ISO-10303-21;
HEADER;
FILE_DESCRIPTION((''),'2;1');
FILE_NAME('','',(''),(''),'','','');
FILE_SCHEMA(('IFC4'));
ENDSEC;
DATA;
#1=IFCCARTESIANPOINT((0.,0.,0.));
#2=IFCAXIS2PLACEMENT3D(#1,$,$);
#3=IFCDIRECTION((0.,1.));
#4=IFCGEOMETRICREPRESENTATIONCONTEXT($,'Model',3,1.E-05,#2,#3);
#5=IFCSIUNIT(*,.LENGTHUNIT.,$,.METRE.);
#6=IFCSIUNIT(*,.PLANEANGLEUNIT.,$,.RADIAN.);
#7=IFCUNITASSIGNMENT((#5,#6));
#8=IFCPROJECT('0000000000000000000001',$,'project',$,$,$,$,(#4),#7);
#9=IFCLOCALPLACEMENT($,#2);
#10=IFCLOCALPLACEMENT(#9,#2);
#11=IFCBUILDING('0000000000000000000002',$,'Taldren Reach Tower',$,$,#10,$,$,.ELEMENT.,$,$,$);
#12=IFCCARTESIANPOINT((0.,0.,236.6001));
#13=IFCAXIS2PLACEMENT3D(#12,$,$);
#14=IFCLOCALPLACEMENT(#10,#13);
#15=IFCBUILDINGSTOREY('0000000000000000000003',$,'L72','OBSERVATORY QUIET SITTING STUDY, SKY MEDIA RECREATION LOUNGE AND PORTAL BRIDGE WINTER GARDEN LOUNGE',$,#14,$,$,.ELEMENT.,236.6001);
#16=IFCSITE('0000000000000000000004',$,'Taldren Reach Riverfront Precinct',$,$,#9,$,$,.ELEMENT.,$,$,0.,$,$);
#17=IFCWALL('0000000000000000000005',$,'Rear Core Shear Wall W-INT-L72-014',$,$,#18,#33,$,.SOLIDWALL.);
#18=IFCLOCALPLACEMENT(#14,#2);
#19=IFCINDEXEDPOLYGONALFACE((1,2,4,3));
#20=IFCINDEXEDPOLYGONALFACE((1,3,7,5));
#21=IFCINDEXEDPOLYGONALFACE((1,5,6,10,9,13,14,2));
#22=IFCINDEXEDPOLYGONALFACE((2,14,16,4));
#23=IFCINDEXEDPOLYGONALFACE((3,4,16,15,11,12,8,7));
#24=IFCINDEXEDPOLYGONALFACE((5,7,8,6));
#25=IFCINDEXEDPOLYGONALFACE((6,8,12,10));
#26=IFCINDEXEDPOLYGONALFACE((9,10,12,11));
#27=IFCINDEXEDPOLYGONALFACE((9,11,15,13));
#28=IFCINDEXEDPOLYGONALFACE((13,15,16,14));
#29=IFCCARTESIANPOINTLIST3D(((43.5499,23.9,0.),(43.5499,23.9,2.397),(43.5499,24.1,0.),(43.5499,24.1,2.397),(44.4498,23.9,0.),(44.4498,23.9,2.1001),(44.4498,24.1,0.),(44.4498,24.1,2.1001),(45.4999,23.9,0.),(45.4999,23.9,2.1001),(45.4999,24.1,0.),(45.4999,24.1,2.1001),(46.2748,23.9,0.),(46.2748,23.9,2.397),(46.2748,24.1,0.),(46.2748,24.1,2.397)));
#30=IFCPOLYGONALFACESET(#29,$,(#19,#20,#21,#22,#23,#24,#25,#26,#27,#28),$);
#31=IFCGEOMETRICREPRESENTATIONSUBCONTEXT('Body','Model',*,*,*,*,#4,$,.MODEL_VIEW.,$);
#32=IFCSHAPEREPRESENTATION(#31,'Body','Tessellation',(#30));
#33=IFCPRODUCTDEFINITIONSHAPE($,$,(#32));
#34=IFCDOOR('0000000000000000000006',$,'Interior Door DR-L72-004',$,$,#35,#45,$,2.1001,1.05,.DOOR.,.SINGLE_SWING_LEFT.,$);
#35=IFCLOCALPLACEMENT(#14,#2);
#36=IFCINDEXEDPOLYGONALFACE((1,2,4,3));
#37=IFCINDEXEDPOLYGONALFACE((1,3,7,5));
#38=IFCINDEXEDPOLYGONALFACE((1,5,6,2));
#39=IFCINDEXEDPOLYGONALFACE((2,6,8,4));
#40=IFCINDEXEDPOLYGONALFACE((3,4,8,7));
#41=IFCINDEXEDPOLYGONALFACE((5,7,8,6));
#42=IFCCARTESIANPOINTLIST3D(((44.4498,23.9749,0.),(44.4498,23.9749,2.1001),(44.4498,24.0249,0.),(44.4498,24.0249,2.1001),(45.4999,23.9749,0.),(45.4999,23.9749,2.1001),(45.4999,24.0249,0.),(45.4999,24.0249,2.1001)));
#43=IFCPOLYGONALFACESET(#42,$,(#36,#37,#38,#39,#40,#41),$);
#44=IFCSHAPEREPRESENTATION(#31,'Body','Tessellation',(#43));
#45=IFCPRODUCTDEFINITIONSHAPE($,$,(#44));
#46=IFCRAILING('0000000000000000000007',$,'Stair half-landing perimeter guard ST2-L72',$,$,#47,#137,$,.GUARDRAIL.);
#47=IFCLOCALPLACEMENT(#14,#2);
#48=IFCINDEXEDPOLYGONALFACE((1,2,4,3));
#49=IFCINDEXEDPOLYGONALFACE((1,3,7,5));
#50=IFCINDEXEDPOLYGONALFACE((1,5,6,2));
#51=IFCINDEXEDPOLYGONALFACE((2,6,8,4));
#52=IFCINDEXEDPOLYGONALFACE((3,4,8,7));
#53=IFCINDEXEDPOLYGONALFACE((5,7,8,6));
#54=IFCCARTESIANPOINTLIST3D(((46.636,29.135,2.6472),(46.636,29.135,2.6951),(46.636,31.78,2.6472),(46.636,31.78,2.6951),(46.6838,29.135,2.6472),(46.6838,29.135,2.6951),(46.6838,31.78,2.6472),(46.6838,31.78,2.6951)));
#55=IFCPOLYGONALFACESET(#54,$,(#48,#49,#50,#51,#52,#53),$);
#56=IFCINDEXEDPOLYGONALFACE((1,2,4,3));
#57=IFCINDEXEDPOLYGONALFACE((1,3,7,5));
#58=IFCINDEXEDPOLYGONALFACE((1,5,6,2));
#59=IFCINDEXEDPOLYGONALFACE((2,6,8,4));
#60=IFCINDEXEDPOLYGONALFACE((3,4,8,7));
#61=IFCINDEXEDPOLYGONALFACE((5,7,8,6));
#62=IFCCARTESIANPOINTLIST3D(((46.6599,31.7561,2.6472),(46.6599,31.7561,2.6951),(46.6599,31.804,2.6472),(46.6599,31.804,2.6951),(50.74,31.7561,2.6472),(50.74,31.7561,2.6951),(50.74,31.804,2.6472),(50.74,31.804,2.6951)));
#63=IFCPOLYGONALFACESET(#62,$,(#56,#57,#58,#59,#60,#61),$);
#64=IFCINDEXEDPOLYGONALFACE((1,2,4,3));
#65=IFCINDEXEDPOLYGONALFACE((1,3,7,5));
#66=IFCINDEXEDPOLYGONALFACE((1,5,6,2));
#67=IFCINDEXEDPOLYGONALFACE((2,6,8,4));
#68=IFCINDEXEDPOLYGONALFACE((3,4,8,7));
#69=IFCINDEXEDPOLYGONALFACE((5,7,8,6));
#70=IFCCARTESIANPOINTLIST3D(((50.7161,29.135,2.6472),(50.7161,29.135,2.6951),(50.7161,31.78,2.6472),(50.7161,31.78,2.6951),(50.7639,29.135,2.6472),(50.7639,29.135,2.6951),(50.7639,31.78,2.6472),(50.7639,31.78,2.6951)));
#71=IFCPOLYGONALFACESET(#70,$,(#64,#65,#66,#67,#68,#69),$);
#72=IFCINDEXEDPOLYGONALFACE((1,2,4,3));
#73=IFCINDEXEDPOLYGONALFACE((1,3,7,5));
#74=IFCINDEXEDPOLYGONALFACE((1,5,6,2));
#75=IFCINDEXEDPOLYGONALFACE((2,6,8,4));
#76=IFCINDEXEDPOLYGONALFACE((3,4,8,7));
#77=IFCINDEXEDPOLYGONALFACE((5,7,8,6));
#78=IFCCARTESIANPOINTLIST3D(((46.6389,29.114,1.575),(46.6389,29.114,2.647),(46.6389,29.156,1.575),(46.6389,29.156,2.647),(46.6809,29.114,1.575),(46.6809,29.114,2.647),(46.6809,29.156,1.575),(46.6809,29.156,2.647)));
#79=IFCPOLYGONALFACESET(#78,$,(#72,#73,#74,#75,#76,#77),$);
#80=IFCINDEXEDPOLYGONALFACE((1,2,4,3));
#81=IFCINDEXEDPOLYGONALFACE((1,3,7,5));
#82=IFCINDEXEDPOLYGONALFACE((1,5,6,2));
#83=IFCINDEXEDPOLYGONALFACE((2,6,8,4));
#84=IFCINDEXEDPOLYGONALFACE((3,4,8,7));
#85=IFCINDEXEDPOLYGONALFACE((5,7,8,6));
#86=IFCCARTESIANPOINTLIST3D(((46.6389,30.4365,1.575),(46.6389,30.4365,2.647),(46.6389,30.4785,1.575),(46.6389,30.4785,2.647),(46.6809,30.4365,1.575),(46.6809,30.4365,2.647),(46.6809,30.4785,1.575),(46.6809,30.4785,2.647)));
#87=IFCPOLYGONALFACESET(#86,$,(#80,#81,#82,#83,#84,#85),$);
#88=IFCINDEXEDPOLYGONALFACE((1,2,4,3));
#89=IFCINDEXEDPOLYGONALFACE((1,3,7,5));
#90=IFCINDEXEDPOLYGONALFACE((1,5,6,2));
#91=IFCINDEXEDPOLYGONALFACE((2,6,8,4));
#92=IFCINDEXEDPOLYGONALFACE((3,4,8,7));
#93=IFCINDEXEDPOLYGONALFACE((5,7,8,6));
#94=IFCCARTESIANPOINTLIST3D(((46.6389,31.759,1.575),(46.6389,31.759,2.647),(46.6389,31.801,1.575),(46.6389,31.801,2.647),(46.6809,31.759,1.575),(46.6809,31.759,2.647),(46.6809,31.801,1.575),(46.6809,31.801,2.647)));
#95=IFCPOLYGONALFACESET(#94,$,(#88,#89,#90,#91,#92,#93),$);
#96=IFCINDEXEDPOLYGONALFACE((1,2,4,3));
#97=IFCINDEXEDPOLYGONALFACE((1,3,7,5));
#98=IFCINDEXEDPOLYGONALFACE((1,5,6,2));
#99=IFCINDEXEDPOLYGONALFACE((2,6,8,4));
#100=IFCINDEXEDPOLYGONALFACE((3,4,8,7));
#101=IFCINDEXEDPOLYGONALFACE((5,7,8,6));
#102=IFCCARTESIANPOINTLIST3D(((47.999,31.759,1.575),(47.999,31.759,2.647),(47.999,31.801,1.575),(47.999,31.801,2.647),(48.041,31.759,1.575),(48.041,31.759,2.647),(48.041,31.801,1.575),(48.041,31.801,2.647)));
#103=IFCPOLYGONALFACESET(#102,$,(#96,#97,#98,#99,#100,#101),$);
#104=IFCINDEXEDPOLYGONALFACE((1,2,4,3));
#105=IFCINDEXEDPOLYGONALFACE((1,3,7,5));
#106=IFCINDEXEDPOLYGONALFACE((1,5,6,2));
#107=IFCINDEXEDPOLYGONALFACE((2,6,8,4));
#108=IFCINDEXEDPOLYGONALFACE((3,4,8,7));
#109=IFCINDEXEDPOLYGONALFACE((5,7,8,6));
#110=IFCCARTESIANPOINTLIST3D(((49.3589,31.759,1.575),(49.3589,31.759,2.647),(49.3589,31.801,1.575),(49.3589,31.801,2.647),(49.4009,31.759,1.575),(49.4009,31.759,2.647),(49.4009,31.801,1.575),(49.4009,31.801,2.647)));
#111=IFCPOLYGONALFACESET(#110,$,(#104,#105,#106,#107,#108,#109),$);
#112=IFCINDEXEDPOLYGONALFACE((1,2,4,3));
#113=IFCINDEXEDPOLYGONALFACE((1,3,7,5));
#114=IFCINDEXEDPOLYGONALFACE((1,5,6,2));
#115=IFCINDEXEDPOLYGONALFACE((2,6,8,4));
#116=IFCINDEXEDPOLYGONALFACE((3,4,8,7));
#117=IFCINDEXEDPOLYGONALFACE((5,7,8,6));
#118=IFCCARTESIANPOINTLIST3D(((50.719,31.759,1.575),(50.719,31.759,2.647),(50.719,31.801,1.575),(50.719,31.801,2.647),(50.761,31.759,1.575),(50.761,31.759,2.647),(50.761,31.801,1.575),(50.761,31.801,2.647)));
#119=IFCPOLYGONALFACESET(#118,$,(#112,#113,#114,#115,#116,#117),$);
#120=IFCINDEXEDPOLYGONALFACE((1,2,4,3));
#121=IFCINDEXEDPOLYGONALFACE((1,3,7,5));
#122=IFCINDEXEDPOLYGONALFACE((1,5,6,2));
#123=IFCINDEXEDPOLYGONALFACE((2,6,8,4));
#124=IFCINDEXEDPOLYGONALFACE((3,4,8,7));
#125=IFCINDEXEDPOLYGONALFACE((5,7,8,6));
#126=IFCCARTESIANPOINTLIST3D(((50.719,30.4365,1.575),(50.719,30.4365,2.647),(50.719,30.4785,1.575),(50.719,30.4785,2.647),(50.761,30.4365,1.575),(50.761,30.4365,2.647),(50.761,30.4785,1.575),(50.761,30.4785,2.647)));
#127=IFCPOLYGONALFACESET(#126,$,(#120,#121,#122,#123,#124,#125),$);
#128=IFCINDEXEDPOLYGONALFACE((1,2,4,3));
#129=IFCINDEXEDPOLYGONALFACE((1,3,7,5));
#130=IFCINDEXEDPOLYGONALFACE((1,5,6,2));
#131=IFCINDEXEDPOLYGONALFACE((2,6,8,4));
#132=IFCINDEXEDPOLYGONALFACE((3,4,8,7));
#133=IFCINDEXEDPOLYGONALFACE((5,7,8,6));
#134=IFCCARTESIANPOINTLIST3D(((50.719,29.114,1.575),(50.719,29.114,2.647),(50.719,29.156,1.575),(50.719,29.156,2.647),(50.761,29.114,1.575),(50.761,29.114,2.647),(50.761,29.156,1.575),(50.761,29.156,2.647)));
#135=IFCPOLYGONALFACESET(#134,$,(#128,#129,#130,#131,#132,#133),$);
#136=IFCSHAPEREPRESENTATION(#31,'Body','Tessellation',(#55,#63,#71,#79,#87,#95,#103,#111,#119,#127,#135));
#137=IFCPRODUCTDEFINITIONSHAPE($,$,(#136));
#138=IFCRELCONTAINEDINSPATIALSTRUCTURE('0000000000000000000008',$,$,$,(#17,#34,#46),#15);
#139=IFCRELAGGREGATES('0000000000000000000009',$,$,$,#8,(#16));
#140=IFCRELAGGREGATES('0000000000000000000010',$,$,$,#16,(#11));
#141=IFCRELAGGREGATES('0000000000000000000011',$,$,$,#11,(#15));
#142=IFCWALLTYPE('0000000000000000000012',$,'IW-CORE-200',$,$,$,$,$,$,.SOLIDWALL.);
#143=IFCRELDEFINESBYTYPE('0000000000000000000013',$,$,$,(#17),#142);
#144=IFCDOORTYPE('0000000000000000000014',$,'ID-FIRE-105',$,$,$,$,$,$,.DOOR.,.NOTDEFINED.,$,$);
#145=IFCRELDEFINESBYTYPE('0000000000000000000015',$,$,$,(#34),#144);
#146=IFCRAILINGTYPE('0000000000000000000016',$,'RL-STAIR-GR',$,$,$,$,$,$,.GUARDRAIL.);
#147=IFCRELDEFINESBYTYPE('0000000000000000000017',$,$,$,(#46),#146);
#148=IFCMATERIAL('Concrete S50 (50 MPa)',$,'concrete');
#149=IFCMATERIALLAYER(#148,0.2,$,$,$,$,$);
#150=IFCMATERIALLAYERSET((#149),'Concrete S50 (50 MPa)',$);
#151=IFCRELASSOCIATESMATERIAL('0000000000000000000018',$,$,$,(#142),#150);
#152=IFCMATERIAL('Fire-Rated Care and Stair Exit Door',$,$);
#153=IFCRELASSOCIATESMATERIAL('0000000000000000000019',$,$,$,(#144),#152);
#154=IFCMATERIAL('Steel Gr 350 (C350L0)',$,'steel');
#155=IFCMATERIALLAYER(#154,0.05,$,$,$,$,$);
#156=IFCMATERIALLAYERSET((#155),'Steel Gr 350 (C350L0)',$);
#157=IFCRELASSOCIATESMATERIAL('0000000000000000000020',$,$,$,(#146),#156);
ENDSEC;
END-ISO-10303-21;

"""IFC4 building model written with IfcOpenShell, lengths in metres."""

from ifc_helpers import new_model, si_unit, direction, frame, frame_2d, origin, origin_2d, place, context, subcontext, project, spatial, rectangle, extrude, source, transform, mapped, material, layer, layer_set, type_object, element, fill, save


model = new_model("IFC4")

# Units and contexts
model_context = context("Model", 3, precision=1e-05, world=origin(), true_north=direction((0.0, 1.0)))
body_context = subcontext(model_context, "Body", "Model", "MODEL_VIEW")
ifc_project = project(units=[si_unit("LENGTHUNIT", "METRE"), si_unit("PLANEANGLEUNIT", "RADIAN")], contexts=[model_context])

# Site, building, storey
site_placement = place(None, origin())
site = spatial("IfcSite", under=ifc_project, at=site_placement, Name="Taldren Reach Riverfront Precinct", CompositionType="ELEMENT", RefElevation=0.0)
building_placement = place(site_placement, origin())
building = spatial("IfcBuilding", under=site, at=building_placement, Name="Taldren Reach Tower", CompositionType="ELEMENT")
storey_placement = place(building_placement, frame((0.0, 0.0, 236.6001)))
storey = spatial("IfcBuildingStorey", under=building, at=storey_placement, Name="L72", Description="OBSERVATORY QUIET SITTING STUDY, SKY MEDIA RECREATION LOUNGE AND PORTAL BRIDGE WINTER GARDEN LOUNGE", CompositionType="ELEMENT", Elevation=236.6001)

# Shared definitions
ifc_material_1 = material(Name="Steel Gr 350 (C350L0)", Category="steel")

# Shared definitions
ifc_material_2 = material(Name="Concrete S50 (50 MPa)", Category="concrete")
ifc_layer_1 = layer(ifc_material_2, 0.2)
ifc_layer_set_1 = layer_set([ifc_layer_1], Name="Concrete S50 (50 MPa)")
wall_type_1 = type_object("IfcWallType", Name="IW-CORE-200", PredefinedType="SOLIDWALL", material=ifc_layer_set_1)
shared_shape_1 = source(origin(), body_context, "Body", "SweptSolid", [
    extrude(rectangle(XDim=1.05, YDim=2.1001, at=frame_2d((0.5249, 1.05))), frame((0.0, 0.1099, 0.0), z_axis=(0.0, -1.0, 0.0), x_axis=(1.0, 0.0, 0.0)), (0.0, 0.0, 1.0), 0.22),
])
ifc_material_3 = material(Name="Fire-Rated Care and Stair Exit Door")
door_type_1 = type_object("IfcDoorType", Name="ID-FIRE-105", OperationType="NOTDEFINED", PredefinedType="DOOR", material=ifc_material_3)
shared_shape_2 = source(origin(), body_context, "Body", "SweptSolid", [
    extrude(rectangle(XDim=1.05, YDim=2.1001, at=frame_2d((0.5249, 1.05))), frame((0.0, 0.0249, 0.0), z_axis=(0.0, -1.0, 0.0), x_axis=(1.0, 0.0, 0.0)), (0.0, 0.0, 1.0), 0.05),
])

# Wall, opening, door
shared_shape_3 = source(origin(), body_context, "Body", "SweptSolid", [
    extrude(rectangle(XDim=2.7249, YDim=0.2, at=frame_2d((1.3623, 0.0))), origin(), (0.0, 0.0, 1.0), 2.397),
])
wall_1_placement = place(storey_placement, frame((43.55, 24.0, 0.0), z_axis=(0.0, 0.0, 1.0), x_axis=(1.0, 0.0, 0.0)))
wall_1 = element("IfcWall", 1, at=wall_1_placement, inside=storey, type_object=wall_type_1, Name="Rear Core Shear Wall W-INT-L72-014", PredefinedType="SOLIDWALL", context=body_context, shape_type="MappedRepresentation", body=[
    mapped(shared_shape_3, transform((0.0, 0.0, 0.0), scale=1.0)),
])
opening_1_placement = place(wall_1_placement, frame((0.8999, 0.0, 0.0)))
opening_1 = element("IfcOpeningElement", 2, at=opening_1_placement, cuts=wall_1, PredefinedType="OPENING", context=body_context, shape_type="MappedRepresentation", body=[
    mapped(shared_shape_1, transform((0.0, 0.0, 0.0), scale=1.0)),
])
door_1_placement = place(opening_1_placement, origin())
door_1 = element("IfcDoor", 3, at=door_1_placement, inside=storey, type_object=door_type_1, Name="Interior Door DR-L72-004", OperationType="SINGLE_SWING_LEFT", OverallHeight=2.1001, OverallWidth=1.05, PredefinedType="DOOR", context=body_context, shape_type="MappedRepresentation", body=[
    mapped(shared_shape_2, transform((0.0, 0.0, 0.0), scale=1.0)),
])
fill(opening_1, door_1)

# Railing
ifc_layer_2 = layer(ifc_material_1, 0.05)
ifc_layer_set_2 = layer_set([ifc_layer_2], Name="Steel Gr 350 (C350L0)")
railing_type_1 = type_object("IfcRailingType", Name="RL-STAIR-GR", PredefinedType="GUARDRAIL", material=ifc_layer_set_2)
railing_1_placement = place(storey_placement, frame((46.6599, 29.135, 1.575)))
element("IfcRailing", 4, at=railing_1_placement, inside=storey, type_object=railing_type_1, Name="Stair half-landing perimeter guard ST2-L72", PredefinedType="GUARDRAIL", context=body_context, shape_type="SweptSolid", body=[
    extrude(rectangle(XDim=0.0479, YDim=0.0479, at=origin_2d()), frame((0.0, 0.0, 1.0962), z_axis=(0.0, 1.0, 0.0), x_axis=(-1.0, 0.0, 0.0)), (0.0, 0.0, 1.0), 2.645),
    extrude(rectangle(XDim=0.0479, YDim=0.0479, at=origin_2d()), frame((0.0, 2.645, 1.0962), z_axis=(1.0, 0.0, 0.0), x_axis=(0.0, 1.0, 0.0)), (0.0, 0.0, 1.0), 4.0801),
    extrude(rectangle(XDim=0.0479, YDim=0.0479, at=origin_2d()), frame((4.0801, 2.645, 1.0962), z_axis=(0.0, -1.0, 0.0), x_axis=(1.0, 0.0, 0.0)), (0.0, 0.0, 1.0), 2.645),
    extrude(rectangle(XDim=0.042, YDim=0.042, at=origin_2d()), origin(), (0.0, 0.0, 1.0), 1.072),
    extrude(rectangle(XDim=0.042, YDim=0.042, at=origin_2d()), frame((0.0, 1.3225, 0.0)), (0.0, 0.0, 1.0), 1.072),
    extrude(rectangle(XDim=0.042, YDim=0.042, at=origin_2d()), frame((0.0, 2.645, 0.0)), (0.0, 0.0, 1.0), 1.072),
    extrude(rectangle(XDim=0.042, YDim=0.042, at=origin_2d()), frame((1.3601, 2.645, 0.0)), (0.0, 0.0, 1.0), 1.072),
    extrude(rectangle(XDim=0.042, YDim=0.042, at=origin_2d()), frame((2.72, 2.645, 0.0)), (0.0, 0.0, 1.0), 1.072),
    extrude(rectangle(XDim=0.042, YDim=0.042, at=origin_2d()), frame((4.0801, 2.645, 0.0)), (0.0, 0.0, 1.0), 1.072),
    extrude(rectangle(XDim=0.042, YDim=0.042, at=origin_2d()), frame((4.0801, 1.3225, 0.0)), (0.0, 0.0, 1.0), 1.072),
    extrude(rectangle(XDim=0.042, YDim=0.042, at=origin_2d()), frame((4.0801, 0.0, 0.0)), (0.0, 0.0, 1.0), 1.072),
])

save(model, "model.ifc")
